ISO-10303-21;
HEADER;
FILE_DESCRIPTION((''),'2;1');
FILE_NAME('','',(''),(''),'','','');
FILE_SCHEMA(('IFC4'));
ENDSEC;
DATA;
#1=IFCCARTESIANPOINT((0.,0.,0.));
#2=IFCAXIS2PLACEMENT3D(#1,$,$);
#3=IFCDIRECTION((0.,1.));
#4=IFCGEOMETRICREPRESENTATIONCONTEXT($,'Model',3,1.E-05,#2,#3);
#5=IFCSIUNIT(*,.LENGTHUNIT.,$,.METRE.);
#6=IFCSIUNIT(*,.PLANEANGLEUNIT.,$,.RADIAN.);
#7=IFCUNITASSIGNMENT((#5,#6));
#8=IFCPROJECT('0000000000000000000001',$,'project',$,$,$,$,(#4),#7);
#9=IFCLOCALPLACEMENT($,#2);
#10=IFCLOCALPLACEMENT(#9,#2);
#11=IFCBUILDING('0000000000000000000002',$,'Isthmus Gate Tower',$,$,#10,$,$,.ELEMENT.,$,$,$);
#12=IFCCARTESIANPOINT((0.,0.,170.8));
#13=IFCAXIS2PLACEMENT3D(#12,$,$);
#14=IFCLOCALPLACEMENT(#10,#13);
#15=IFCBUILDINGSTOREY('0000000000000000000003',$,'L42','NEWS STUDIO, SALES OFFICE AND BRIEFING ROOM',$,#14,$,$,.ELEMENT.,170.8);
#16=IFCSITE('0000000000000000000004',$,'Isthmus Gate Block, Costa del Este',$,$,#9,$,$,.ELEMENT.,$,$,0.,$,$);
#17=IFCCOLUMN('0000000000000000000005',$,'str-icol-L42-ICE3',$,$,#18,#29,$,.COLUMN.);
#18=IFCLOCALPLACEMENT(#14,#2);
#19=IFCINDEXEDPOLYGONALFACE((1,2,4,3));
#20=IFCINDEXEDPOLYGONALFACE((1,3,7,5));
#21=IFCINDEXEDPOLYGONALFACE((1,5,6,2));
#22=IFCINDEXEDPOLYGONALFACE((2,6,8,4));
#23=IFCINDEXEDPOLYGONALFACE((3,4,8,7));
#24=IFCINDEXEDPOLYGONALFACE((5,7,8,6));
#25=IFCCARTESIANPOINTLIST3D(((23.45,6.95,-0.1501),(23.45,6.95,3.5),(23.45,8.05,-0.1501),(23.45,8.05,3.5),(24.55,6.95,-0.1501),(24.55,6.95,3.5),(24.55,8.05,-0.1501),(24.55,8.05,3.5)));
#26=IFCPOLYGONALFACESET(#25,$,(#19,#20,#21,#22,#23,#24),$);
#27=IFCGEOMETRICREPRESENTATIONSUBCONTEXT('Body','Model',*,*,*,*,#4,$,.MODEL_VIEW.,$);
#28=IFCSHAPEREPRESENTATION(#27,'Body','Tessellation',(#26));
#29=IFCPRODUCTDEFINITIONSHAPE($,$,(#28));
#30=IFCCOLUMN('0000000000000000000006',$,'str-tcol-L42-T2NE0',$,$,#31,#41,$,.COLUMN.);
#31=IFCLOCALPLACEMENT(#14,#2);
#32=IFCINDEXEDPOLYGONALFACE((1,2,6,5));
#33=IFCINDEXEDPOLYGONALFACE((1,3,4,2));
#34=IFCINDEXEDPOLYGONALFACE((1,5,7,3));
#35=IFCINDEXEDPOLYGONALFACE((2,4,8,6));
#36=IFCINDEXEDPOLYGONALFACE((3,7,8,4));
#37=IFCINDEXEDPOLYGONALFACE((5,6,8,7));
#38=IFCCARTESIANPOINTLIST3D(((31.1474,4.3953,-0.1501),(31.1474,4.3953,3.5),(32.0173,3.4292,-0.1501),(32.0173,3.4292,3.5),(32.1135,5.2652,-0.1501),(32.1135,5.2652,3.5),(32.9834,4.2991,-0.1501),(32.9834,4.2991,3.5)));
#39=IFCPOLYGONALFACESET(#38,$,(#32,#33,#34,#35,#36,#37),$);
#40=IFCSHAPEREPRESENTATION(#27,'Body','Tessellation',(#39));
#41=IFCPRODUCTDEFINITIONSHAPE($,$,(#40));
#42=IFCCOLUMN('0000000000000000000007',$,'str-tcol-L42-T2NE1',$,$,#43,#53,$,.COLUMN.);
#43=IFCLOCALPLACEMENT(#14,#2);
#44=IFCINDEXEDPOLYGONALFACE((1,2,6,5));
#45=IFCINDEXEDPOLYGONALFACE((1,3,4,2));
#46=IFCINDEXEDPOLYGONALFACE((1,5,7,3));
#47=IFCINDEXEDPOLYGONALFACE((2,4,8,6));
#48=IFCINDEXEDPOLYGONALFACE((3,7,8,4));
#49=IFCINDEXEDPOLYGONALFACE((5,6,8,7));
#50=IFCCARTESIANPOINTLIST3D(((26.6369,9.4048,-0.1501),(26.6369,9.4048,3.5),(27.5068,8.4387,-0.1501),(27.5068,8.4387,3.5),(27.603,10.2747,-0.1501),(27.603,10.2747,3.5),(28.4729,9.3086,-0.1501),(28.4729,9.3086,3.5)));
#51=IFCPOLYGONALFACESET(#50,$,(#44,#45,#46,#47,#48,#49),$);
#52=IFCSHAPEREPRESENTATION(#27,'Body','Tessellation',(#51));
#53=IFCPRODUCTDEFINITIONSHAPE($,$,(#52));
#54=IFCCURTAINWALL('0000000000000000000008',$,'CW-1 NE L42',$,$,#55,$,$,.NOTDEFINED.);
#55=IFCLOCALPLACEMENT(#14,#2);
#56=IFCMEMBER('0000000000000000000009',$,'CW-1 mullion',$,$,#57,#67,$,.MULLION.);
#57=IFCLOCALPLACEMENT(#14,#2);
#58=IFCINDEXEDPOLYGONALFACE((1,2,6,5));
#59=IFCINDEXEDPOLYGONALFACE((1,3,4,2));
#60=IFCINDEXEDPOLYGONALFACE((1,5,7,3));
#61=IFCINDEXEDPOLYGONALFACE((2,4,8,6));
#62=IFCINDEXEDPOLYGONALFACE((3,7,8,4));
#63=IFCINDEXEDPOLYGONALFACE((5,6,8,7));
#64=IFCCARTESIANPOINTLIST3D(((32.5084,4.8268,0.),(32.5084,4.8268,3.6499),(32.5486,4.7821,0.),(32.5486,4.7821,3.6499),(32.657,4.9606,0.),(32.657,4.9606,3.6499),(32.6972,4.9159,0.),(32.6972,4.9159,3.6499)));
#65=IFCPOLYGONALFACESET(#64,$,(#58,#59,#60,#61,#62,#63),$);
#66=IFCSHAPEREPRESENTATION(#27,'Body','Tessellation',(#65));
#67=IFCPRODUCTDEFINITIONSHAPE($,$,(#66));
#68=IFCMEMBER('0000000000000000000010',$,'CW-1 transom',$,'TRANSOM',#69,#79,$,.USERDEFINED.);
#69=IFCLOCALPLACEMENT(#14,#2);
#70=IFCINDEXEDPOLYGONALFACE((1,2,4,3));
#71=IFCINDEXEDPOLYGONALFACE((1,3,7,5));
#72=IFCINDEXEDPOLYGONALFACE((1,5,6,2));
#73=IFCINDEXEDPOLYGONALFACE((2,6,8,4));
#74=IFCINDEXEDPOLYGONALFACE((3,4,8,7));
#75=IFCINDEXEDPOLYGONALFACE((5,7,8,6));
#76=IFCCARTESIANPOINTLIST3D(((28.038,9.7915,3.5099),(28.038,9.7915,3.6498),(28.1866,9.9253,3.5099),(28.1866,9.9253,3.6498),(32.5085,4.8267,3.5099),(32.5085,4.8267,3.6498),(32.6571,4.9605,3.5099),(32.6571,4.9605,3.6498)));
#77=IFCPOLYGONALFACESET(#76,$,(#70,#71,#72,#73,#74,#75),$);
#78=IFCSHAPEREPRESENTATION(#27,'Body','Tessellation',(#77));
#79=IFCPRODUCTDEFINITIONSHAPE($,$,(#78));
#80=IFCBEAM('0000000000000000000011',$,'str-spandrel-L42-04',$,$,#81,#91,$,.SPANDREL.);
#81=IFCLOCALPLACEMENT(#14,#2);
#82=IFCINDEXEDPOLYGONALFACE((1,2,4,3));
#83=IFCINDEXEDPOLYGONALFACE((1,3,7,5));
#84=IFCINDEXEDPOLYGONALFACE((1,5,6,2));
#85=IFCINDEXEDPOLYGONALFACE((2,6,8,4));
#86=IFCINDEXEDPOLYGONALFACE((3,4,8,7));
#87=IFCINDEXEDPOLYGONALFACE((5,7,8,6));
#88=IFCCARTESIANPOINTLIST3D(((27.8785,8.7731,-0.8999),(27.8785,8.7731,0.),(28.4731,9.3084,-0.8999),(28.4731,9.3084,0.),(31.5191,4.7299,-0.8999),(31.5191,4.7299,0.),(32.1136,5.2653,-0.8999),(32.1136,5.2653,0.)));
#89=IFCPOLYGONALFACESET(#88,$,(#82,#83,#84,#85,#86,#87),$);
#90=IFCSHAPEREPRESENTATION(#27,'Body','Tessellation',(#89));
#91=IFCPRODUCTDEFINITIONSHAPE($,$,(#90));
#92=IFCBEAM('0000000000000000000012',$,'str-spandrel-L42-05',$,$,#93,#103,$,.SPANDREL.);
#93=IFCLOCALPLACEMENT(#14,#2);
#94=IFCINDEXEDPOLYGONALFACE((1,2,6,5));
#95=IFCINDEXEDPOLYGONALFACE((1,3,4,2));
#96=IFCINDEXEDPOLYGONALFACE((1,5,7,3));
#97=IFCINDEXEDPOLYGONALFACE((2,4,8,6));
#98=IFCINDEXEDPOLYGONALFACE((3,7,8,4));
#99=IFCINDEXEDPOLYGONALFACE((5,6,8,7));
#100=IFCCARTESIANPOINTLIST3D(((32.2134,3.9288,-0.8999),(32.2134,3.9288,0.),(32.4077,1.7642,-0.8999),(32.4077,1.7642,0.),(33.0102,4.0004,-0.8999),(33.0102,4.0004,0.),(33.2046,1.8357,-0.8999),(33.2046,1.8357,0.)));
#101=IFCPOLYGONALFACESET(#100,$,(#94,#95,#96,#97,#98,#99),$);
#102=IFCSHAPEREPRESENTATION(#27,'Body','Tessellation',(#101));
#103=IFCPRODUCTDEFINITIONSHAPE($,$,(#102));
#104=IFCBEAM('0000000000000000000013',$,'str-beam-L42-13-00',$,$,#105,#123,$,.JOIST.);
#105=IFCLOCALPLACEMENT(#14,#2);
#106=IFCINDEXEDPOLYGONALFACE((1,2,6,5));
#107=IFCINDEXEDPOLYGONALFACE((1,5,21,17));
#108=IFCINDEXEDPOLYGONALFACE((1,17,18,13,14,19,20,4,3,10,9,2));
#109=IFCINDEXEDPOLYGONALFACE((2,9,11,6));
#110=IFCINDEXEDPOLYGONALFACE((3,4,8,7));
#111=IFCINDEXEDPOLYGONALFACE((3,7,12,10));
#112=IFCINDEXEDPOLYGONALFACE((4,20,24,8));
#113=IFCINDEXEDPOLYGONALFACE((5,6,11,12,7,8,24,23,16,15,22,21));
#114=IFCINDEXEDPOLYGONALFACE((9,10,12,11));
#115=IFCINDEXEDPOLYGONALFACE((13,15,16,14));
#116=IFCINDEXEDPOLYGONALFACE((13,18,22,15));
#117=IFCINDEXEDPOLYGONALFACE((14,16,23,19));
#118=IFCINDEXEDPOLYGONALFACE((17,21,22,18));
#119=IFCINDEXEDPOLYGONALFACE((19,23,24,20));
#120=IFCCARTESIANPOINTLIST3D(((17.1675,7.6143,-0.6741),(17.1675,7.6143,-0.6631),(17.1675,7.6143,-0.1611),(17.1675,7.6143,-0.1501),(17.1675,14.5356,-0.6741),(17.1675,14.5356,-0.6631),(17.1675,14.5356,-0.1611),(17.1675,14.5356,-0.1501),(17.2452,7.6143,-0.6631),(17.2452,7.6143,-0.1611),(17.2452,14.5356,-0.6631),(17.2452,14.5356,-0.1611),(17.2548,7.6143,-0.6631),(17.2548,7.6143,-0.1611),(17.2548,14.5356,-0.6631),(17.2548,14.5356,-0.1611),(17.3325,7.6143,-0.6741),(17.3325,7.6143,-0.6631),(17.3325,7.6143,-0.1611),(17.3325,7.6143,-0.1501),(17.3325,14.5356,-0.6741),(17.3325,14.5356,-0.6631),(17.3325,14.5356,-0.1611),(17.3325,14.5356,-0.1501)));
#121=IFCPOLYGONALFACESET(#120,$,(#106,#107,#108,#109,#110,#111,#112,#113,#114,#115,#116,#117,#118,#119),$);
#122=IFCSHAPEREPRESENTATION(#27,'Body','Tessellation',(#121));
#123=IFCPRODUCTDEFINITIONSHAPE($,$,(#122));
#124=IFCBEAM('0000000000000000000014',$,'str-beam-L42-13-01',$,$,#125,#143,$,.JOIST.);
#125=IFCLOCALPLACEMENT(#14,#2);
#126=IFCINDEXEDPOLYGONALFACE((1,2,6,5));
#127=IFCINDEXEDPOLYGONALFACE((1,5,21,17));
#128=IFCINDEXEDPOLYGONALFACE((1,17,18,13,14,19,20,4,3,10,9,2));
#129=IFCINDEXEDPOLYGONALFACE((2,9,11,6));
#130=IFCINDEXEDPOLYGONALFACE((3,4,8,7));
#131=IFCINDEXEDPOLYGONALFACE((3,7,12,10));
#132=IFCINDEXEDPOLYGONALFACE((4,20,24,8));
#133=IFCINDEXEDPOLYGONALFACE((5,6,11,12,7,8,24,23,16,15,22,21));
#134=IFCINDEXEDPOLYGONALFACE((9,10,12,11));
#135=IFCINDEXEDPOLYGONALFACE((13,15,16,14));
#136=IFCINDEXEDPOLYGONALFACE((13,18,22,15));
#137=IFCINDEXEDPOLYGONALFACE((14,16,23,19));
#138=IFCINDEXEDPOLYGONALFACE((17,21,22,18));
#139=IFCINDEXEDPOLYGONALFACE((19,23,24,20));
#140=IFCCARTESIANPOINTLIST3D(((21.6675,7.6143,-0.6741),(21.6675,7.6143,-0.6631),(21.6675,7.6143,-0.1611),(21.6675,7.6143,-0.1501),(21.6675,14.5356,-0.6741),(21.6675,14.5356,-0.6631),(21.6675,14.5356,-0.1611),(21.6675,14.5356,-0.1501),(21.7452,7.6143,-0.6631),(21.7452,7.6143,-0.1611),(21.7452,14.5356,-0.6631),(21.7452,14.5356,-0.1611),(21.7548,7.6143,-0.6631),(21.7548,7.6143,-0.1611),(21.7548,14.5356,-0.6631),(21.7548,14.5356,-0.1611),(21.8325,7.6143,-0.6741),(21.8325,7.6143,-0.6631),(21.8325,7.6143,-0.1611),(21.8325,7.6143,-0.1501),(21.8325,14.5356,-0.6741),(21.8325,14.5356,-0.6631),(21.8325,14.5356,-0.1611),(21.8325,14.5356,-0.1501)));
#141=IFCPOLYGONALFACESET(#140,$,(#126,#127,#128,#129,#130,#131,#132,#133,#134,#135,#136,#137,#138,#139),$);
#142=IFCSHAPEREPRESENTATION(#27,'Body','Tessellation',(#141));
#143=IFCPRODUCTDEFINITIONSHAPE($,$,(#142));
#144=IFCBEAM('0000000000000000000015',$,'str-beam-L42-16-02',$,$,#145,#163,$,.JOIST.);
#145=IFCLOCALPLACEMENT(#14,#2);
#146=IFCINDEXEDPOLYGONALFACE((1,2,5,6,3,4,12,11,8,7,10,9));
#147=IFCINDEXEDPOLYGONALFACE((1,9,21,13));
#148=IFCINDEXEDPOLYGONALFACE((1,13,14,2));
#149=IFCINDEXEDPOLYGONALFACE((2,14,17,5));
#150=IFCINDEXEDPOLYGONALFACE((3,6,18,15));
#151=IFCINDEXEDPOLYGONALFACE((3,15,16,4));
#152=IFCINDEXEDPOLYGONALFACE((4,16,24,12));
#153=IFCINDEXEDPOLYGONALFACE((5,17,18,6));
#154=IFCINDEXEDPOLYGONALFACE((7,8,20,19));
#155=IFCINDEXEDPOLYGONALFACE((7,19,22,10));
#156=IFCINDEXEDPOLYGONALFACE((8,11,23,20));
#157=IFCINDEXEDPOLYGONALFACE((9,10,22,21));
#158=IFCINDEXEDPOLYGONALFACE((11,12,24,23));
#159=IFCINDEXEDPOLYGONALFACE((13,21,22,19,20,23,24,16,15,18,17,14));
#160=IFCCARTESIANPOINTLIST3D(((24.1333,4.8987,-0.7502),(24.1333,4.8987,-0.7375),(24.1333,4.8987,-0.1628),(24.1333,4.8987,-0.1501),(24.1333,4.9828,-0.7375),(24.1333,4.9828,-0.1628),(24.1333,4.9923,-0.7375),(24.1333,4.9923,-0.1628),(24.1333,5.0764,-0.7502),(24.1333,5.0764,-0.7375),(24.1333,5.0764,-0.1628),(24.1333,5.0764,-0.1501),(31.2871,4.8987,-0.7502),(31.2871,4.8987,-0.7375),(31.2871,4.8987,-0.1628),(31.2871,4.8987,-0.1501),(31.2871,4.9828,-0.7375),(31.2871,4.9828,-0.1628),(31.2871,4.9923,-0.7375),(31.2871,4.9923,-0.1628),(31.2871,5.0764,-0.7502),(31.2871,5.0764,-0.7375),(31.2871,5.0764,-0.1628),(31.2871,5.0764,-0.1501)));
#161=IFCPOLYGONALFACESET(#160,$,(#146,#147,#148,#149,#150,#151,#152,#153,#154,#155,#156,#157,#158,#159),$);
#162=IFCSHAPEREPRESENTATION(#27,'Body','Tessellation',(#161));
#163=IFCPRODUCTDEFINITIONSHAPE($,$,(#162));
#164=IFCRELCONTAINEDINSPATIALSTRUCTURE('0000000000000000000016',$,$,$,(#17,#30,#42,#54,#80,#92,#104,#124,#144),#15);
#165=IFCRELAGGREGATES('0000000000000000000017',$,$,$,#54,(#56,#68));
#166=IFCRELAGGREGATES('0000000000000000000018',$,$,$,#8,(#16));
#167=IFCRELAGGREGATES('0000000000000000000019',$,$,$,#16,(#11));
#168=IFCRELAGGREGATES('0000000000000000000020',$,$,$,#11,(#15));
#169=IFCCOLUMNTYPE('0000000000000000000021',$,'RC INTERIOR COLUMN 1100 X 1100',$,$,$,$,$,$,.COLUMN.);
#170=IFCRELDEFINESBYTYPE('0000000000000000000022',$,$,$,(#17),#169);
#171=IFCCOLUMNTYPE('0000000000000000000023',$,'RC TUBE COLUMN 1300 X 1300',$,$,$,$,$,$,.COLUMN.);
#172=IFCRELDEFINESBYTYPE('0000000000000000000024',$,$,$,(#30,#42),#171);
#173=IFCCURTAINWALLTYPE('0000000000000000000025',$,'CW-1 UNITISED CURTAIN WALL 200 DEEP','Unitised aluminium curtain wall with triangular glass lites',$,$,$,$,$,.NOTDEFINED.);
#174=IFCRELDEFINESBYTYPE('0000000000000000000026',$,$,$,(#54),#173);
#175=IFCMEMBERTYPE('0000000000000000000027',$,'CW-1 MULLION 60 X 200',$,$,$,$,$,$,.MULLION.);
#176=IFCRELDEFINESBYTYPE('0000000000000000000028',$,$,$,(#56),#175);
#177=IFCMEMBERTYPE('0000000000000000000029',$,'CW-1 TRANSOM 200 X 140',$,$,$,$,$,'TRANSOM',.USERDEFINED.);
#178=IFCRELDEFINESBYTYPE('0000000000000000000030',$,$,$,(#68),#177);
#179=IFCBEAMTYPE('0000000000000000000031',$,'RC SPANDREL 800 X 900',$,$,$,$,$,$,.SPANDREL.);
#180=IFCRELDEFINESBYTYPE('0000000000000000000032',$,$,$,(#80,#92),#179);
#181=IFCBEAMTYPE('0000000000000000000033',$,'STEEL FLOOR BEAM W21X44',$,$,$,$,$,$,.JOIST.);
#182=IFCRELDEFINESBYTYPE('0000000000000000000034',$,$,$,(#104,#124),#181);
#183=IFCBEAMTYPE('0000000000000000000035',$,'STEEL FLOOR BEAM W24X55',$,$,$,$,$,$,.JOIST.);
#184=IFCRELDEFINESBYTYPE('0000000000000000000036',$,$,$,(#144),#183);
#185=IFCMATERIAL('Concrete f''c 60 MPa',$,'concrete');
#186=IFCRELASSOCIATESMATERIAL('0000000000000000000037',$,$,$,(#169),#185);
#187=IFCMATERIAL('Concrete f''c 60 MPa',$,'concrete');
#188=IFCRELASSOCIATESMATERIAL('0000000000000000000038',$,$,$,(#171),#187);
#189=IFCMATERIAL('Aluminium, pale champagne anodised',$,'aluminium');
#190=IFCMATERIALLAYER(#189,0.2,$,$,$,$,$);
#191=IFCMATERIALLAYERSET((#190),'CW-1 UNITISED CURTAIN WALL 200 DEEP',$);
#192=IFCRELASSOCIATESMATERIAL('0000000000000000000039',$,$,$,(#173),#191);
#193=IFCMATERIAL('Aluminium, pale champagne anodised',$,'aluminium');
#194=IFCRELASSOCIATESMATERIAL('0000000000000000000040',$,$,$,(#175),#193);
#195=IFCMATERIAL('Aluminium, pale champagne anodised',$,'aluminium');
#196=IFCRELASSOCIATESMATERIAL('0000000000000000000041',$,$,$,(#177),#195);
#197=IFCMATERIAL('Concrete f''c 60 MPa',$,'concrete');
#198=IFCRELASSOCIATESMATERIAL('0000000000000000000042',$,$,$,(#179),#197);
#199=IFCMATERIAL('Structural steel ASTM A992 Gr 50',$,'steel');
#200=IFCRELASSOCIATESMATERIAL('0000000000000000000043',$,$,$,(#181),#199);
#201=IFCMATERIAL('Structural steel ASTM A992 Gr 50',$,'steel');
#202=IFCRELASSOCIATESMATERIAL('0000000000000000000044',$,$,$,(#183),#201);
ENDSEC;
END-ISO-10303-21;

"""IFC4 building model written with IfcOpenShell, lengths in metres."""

from ifc_helpers import new_model, si_unit, direction, frame, origin, origin_2d, place, context, subcontext, project, spatial, rectangle, i_section, extrude, material, layer, layer_set, material_profile, profile_set, type_object, element, aggregate, save


model = new_model("IFC4")

# Units and contexts
model_context = context("Model", 3, precision=1e-05, world=origin(), true_north=direction((0.0, 1.0)))
body_context = subcontext(model_context, "Body", "Model", "MODEL_VIEW")
ifc_project = project(units=[si_unit("LENGTHUNIT", "METRE"), si_unit("PLANEANGLEUNIT", "RADIAN")], contexts=[model_context])

# Site, building, storey
site_placement = place(None, origin())
site = spatial("IfcSite", under=ifc_project, at=site_placement, Name="Isthmus Gate Block, Costa del Este", CompositionType="ELEMENT", RefElevation=0.0)
building_placement = place(site_placement, origin())
building = spatial("IfcBuilding", under=site, at=building_placement, Name="Isthmus Gate Tower", CompositionType="ELEMENT")
storey_placement = place(building_placement, frame((0.0, 0.0, 170.8)))
storey = spatial("IfcBuildingStorey", under=building, at=storey_placement, Name="L42", Description="NEWS STUDIO, SALES OFFICE AND BRIEFING ROOM", CompositionType="ELEMENT", Elevation=170.8)

# Columns
ifc_material_1 = material(Name="Concrete f'c 60 MPa", Category="concrete")
ifc_material_profile_1 = material_profile(ifc_material_1, rectangle(XDim=1.1001, YDim=1.1001, at=origin_2d()), Name="RC 1100X1100")
ifc_profile_set_1 = profile_set([ifc_material_profile_1], Name="Concrete f'c 60 MPa")
column_type_1 = type_object("IfcColumnType", Name="RC INTERIOR COLUMN 1100 X 1100", PredefinedType="COLUMN", material=ifc_profile_set_1)
column_placement = place(storey_placement, frame((24.0, 7.5, -0.1501), z_axis=(0.0, 0.0, 1.0), x_axis=(1.0, 0.0, 0.0)))
element("IfcColumn", 1, at=column_placement, inside=storey, type_object=column_type_1, Name="str-icol-L42-ICE3", PredefinedType="COLUMN", context=body_context, shape_type="SweptSolid", body=[
    extrude(rectangle(XDim=1.1001, YDim=1.1001, at=origin_2d()), origin(), (0.0, 0.0, 1.0), 3.6501),
])
ifc_material_2 = material(Name="Concrete f'c 60 MPa", Category="concrete")
ifc_material_profile_2 = material_profile(ifc_material_2, rectangle(XDim=1.3, YDim=1.3, at=origin_2d()), Name="RC 1300X1300")
ifc_profile_set_2 = profile_set([ifc_material_profile_2], Name="Concrete f'c 60 MPa")
column_type_2 = type_object("IfcColumnType", Name="RC TUBE COLUMN 1300 X 1300", PredefinedType="COLUMN", material=ifc_profile_set_2)
for number, where, z_axis, x_axis, name in (
    (2, (32.0654, 4.3472, -0.1501), (0.0, 0.0, 1.0), (-0.669131, 0.743145, 0.0), "str-tcol-L42-T2NE0"),
    (3, (27.5549, 9.3567, -0.1501), (0.0, 0.0, 1.0), (-0.669131, 0.743145, 0.0), "str-tcol-L42-T2NE1"),
):
    element("IfcColumn", number, at=place(storey_placement, frame(where, z_axis=z_axis, x_axis=x_axis)), inside=storey, type_object=column_type_2, Name=name, PredefinedType="COLUMN", context=body_context, shape_type="SweptSolid", body=[
        extrude(rectangle(XDim=1.3, YDim=1.3, at=origin_2d()), origin(), (0.0, 0.0, 1.0), 3.6501),
    ])

# Curtain wall, members
ifc_material_3 = material(Name="Aluminium, pale champagne anodised", Category="aluminium")
ifc_layer_1 = layer(ifc_material_3, 0.2)
ifc_layer_set_1 = layer_set([ifc_layer_1], Name="CW-1 UNITISED CURTAIN WALL 200 DEEP")
curtain_wall_type = type_object("IfcCurtainWallType", Name="CW-1 UNITISED CURTAIN WALL 200 DEEP", Description="Unitised aluminium curtain wall with triangular glass lites", PredefinedType="NOTDEFINED", material=ifc_layer_set_1)
curtain_wall_1_placement = place(storey_placement, origin())
curtain_wall_1 = element("IfcCurtainWall", 4, at=curtain_wall_1_placement, inside=storey, type_object=curtain_wall_type, Name="CW-1 NE L42", PredefinedType="NOTDEFINED")
ifc_material_4 = material(Name="Aluminium, pale champagne anodised", Category="aluminium")
ifc_material_profile_3 = material_profile(ifc_material_4, rectangle(XDim=0.0601, YDim=0.2, at=origin_2d()), Name="60x200")
ifc_profile_set_3 = profile_set([ifc_material_profile_3], Name="Aluminium, pale champagne anodised")
member_type_1 = type_object("IfcMemberType", Name="CW-1 MULLION 60 X 200", PredefinedType="MULLION", material=ifc_profile_set_3)
member_1_placement = place(storey_placement, frame((32.6028, 4.8713, 0.0), z_axis=(0.0, 0.0, 1.0), x_axis=(-0.669131, 0.743145, 0.0)))
member_1 = element("IfcMember", 5, at=member_1_placement, type_object=member_type_1, Name="CW-1 mullion", PredefinedType="MULLION", context=body_context, shape_type="SweptSolid", body=[
    extrude(rectangle(XDim=0.0601, YDim=0.2, at=origin_2d()), origin(), (0.0, 0.0, 1.0), 3.6499),
])
ifc_material_5 = material(Name="Aluminium, pale champagne anodised", Category="aluminium")
ifc_material_profile_4 = material_profile(ifc_material_5, rectangle(XDim=0.2, YDim=0.1399, at=origin_2d()), Name="200x140")
ifc_profile_set_4 = profile_set([ifc_material_profile_4], Name="Aluminium, pale champagne anodised")
member_type_2 = type_object("IfcMemberType", Name="CW-1 TRANSOM 200 X 140", ElementType="TRANSOM", PredefinedType="USERDEFINED", material=ifc_profile_set_4)
member_2_placement = place(storey_placement, frame((32.5828, 4.8936, 3.5798), z_axis=(-0.669138, 0.743138, 0.0), x_axis=(-0.743138, -0.669138, 0.0)))
member_2 = element("IfcMember", 6, at=member_2_placement, type_object=member_type_2, Name="CW-1 transom", ObjectType="TRANSOM", PredefinedType="USERDEFINED", context=body_context, shape_type="SweptSolid", body=[
    extrude(rectangle(XDim=0.2, YDim=0.1399, at=origin_2d()), origin(), (0.0, 0.0, 1.0), 6.6809),
])

# Beams
ifc_material_6 = material(Name="Concrete f'c 60 MPa", Category="concrete")
ifc_material_profile_5 = material_profile(ifc_material_6, rectangle(XDim=0.8, YDim=0.8999, at=origin_2d()), Name="RC 800X900")
ifc_profile_set_5 = profile_set([ifc_material_profile_5], Name="Concrete f'c 60 MPa")
beam_type_1 = type_object("IfcBeamType", Name="RC SPANDREL 800 X 900", PredefinedType="SPANDREL", material=ifc_profile_set_5)
beam_1_placement = place(storey_placement, frame((28.1758, 9.0408, -0.45), z_axis=(0.669141, -0.743136, 0.0), x_axis=(0.743136, 0.669141, 0.0)))
element("IfcBeam", 7, at=beam_1_placement, inside=storey, type_object=beam_type_1, Name="str-spandrel-L42-04", PredefinedType="SPANDREL", context=body_context, shape_type="SweptSolid", body=[
    extrude(rectangle(XDim=0.8, YDim=0.8999, at=origin_2d()), origin(), (0.0, 0.0, 1.0), 5.4407),
])
beam_2_placement = place(storey_placement, frame((32.6118, 3.9646, -0.45), z_axis=(0.089422, -0.995994, 0.0), x_axis=(0.995994, 0.089422, 0.0)))
element("IfcBeam", 8, at=beam_2_placement, inside=storey, type_object=beam_type_1, Name="str-spandrel-L42-05", PredefinedType="SPANDREL", context=body_context, shape_type="SweptSolid", body=[
    extrude(rectangle(XDim=0.8, YDim=0.8999, at=origin_2d()), origin(), (0.0, 0.0, 1.0), 2.1733),
])
ifc_material_7 = material(Name="Structural steel ASTM A992 Gr 50", Category="steel")
ifc_material_profile_6 = material_profile(ifc_material_7, i_section(OverallWidth=0.165, OverallDepth=0.5239, WebThickness=0.0095, FlangeThickness=0.011, at=origin_2d()), Name="W21X44")
ifc_profile_set_6 = profile_set([ifc_material_profile_6], Name="Structural steel ASTM A992 Gr 50")
beam_type_2 = type_object("IfcBeamType", Name="STEEL FLOOR BEAM W21X44", PredefinedType="JOIST", material=ifc_profile_set_6)
for number, where, z_axis, x_axis, name in (
    (9, (17.25, 7.6143, -0.4121), (0.0, 1.0, 0.0), (-1.0, 0.0, 0.0), "str-beam-L42-13-00"),
    (10, (21.75, 7.6143, -0.4121), (0.0, 1.0, 0.0), (-1.0, 0.0, 0.0), "str-beam-L42-13-01"),
):
    element("IfcBeam", number, at=place(storey_placement, frame(where, z_axis=z_axis, x_axis=x_axis)), inside=storey, type_object=beam_type_2, Name=name, PredefinedType="JOIST", context=body_context, shape_type="SweptSolid", body=[
        extrude(i_section(OverallWidth=0.165, OverallDepth=0.5239, WebThickness=0.0095, FlangeThickness=0.011, at=origin_2d()), origin(), (0.0, 0.0, 1.0), 6.9214),
    ])
ifc_material_8 = material(Name="Structural steel ASTM A992 Gr 50", Category="steel")
ifc_material_profile_7 = material_profile(ifc_material_8, i_section(OverallWidth=0.1777, OverallDepth=0.6001, WebThickness=0.0095, FlangeThickness=0.0127, at=origin_2d()), Name="W24X55")
ifc_profile_set_7 = profile_set([ifc_material_profile_7], Name="Structural steel ASTM A992 Gr 50")
beam_type_3 = type_object("IfcBeamType", Name="STEEL FLOOR BEAM W24X55", PredefinedType="JOIST", material=ifc_profile_set_7)
beam_3_placement = place(storey_placement, frame((24.1333, 4.9875, -0.4502), z_axis=(1.0, 0.0, 0.0), x_axis=(0.0, 1.0, 0.0)))
element("IfcBeam", 11, at=beam_3_placement, inside=storey, type_object=beam_type_3, Name="str-beam-L42-16-02", PredefinedType="JOIST", context=body_context, shape_type="SweptSolid", body=[
    extrude(i_section(OverallWidth=0.1777, OverallDepth=0.6001, WebThickness=0.0095, FlangeThickness=0.0127, at=origin_2d()), origin(), (0.0, 0.0, 1.0), 7.1538),
])

aggregate(curtain_wall_1, [member_1, member_2])

save(model, "model.ifc")
